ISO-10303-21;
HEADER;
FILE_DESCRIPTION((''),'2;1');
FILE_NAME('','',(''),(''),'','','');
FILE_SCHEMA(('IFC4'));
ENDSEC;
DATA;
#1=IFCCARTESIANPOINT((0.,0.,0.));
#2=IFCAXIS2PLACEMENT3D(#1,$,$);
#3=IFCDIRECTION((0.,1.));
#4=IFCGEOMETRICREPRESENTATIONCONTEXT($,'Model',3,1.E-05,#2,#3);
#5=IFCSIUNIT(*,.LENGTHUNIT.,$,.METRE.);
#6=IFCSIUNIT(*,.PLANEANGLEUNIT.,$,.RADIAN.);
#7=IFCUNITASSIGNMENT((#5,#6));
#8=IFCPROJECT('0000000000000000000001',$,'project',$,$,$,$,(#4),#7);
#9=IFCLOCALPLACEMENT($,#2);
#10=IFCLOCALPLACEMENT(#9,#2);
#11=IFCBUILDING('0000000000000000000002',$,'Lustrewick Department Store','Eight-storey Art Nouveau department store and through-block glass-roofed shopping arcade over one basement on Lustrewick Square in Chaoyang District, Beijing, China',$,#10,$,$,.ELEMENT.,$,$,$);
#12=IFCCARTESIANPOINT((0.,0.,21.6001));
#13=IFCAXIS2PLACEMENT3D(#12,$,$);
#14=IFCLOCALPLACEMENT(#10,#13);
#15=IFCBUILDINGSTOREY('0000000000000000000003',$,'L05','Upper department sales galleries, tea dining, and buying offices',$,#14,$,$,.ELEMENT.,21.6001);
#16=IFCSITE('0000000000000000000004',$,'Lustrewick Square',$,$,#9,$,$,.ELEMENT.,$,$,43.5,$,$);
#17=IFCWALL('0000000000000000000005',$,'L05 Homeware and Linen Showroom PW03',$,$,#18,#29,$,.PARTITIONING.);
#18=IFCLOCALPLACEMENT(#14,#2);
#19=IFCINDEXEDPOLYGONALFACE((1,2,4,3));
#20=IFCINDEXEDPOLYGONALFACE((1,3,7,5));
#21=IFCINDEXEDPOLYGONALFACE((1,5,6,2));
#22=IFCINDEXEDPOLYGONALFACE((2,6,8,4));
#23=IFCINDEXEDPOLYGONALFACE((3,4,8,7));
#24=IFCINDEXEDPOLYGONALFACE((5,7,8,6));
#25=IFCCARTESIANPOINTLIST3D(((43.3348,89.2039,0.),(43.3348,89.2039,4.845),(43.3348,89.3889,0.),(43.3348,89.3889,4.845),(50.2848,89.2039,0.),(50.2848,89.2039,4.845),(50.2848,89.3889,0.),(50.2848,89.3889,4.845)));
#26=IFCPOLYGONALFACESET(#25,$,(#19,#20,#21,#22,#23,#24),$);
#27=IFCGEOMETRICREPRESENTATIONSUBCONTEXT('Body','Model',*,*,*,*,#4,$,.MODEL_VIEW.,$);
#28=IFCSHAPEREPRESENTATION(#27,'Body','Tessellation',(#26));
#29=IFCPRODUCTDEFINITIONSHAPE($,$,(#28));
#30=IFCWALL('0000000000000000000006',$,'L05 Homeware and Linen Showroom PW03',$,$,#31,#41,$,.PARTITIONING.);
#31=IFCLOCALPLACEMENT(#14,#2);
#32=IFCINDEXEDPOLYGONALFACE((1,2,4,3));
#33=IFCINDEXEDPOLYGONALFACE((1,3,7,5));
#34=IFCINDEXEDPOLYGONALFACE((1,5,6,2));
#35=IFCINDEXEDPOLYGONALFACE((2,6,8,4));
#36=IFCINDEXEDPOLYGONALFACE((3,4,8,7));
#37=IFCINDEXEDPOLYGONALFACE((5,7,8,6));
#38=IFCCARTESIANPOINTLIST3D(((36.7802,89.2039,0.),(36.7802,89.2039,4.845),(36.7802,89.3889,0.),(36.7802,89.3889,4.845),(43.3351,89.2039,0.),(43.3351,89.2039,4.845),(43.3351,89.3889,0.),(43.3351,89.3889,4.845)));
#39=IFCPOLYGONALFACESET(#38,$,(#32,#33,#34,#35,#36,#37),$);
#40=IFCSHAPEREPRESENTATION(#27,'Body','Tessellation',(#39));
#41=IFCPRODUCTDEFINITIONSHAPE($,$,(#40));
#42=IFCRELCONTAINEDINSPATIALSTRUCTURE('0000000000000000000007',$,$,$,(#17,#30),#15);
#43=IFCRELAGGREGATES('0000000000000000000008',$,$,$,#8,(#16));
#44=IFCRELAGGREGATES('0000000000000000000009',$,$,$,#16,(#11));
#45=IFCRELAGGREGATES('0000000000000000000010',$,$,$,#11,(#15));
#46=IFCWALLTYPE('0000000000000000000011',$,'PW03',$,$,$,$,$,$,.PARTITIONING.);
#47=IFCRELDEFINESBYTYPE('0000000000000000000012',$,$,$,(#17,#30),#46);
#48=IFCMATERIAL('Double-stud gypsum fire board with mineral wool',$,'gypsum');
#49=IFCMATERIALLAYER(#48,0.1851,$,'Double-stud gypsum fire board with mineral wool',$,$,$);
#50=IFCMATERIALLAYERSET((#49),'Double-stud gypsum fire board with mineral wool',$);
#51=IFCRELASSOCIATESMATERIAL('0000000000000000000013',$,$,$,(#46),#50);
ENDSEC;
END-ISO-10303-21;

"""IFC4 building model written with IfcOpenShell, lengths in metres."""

from ifc_helpers import new_model, si_unit, direction, frame, frame_2d, origin, place, context, subcontext, project, spatial, rectangle, extrude, material, layer, layer_set, type_object, element, save


model = new_model("IFC4")

# Units and contexts
model_context = context("Model", 3, precision=1e-05, world=origin(), true_north=direction((0.0, 1.0)))
body_context = subcontext(model_context, "Body", "Model", "MODEL_VIEW")
ifc_project = project(units=[si_unit("LENGTHUNIT", "METRE"), si_unit("PLANEANGLEUNIT", "RADIAN")], contexts=[model_context])

# Site, building, storey
site_placement = place(None, origin())
site = spatial("IfcSite", under=ifc_project, at=site_placement, Name="Lustrewick Square", CompositionType="ELEMENT", RefElevation=43.5)
building_placement = place(site_placement, origin())
building = spatial("IfcBuilding", under=site, at=building_placement, Name="Lustrewick Department Store", Description="Eight-storey Art Nouveau department store and through-block glass-roofed shopping arcade over one basement on Lustrewick Square in Chaoyang District, Beijing, China", CompositionType="ELEMENT")
storey_placement = place(building_placement, frame((0.0, 0.0, 21.6001)))
storey = spatial("IfcBuildingStorey", under=building, at=storey_placement, Name="L05", Description="Upper department sales galleries, tea dining, and buying offices", CompositionType="ELEMENT", Elevation=21.6001)

# Walls
ifc_material_1 = material(Name="Double-stud gypsum fire board with mineral wool", Category="gypsum")
ifc_layer_1 = layer(ifc_material_1, 0.1851, Name="Double-stud gypsum fire board with mineral wool")
ifc_layer_set_1 = layer_set([ifc_layer_1], Name="Double-stud gypsum fire board with mineral wool")
wall_type_1 = type_object("IfcWallType", Name="PW03", PredefinedType="PARTITIONING", material=ifc_layer_set_1)
wall_1_placement = place(storey_placement, frame((50.2849, 89.2964, 0.0), z_axis=(0.0, 0.0, 1.0), x_axis=(-1.0, 0.0, 0.0)))
element("IfcWall", 1, at=wall_1_placement, inside=storey, type_object=wall_type_1, Name="L05 Homeware and Linen Showroom PW03", PredefinedType="PARTITIONING", context=body_context, shape_type="SweptSolid", body=[
    extrude(rectangle(XDim=6.95, YDim=0.1851, at=frame_2d((3.4751, 0.0))), origin(), (0.0, 0.0, 1.0), 4.845),
])
wall_2_placement = place(storey_placement, frame((43.335, 89.2964, 0.0), z_axis=(0.0, 0.0, 1.0), x_axis=(-1.0, 0.0, 0.0)))
element("IfcWall", 2, at=wall_2_placement, inside=storey, type_object=wall_type_1, Name="L05 Homeware and Linen Showroom PW03", PredefinedType="PARTITIONING", context=body_context, shape_type="SweptSolid", body=[
    extrude(rectangle(XDim=6.5549, YDim=0.1851, at=frame_2d((3.2773, 0.0))), origin(), (0.0, 0.0, 1.0), 4.845),
])

save(model, "model.ifc")
